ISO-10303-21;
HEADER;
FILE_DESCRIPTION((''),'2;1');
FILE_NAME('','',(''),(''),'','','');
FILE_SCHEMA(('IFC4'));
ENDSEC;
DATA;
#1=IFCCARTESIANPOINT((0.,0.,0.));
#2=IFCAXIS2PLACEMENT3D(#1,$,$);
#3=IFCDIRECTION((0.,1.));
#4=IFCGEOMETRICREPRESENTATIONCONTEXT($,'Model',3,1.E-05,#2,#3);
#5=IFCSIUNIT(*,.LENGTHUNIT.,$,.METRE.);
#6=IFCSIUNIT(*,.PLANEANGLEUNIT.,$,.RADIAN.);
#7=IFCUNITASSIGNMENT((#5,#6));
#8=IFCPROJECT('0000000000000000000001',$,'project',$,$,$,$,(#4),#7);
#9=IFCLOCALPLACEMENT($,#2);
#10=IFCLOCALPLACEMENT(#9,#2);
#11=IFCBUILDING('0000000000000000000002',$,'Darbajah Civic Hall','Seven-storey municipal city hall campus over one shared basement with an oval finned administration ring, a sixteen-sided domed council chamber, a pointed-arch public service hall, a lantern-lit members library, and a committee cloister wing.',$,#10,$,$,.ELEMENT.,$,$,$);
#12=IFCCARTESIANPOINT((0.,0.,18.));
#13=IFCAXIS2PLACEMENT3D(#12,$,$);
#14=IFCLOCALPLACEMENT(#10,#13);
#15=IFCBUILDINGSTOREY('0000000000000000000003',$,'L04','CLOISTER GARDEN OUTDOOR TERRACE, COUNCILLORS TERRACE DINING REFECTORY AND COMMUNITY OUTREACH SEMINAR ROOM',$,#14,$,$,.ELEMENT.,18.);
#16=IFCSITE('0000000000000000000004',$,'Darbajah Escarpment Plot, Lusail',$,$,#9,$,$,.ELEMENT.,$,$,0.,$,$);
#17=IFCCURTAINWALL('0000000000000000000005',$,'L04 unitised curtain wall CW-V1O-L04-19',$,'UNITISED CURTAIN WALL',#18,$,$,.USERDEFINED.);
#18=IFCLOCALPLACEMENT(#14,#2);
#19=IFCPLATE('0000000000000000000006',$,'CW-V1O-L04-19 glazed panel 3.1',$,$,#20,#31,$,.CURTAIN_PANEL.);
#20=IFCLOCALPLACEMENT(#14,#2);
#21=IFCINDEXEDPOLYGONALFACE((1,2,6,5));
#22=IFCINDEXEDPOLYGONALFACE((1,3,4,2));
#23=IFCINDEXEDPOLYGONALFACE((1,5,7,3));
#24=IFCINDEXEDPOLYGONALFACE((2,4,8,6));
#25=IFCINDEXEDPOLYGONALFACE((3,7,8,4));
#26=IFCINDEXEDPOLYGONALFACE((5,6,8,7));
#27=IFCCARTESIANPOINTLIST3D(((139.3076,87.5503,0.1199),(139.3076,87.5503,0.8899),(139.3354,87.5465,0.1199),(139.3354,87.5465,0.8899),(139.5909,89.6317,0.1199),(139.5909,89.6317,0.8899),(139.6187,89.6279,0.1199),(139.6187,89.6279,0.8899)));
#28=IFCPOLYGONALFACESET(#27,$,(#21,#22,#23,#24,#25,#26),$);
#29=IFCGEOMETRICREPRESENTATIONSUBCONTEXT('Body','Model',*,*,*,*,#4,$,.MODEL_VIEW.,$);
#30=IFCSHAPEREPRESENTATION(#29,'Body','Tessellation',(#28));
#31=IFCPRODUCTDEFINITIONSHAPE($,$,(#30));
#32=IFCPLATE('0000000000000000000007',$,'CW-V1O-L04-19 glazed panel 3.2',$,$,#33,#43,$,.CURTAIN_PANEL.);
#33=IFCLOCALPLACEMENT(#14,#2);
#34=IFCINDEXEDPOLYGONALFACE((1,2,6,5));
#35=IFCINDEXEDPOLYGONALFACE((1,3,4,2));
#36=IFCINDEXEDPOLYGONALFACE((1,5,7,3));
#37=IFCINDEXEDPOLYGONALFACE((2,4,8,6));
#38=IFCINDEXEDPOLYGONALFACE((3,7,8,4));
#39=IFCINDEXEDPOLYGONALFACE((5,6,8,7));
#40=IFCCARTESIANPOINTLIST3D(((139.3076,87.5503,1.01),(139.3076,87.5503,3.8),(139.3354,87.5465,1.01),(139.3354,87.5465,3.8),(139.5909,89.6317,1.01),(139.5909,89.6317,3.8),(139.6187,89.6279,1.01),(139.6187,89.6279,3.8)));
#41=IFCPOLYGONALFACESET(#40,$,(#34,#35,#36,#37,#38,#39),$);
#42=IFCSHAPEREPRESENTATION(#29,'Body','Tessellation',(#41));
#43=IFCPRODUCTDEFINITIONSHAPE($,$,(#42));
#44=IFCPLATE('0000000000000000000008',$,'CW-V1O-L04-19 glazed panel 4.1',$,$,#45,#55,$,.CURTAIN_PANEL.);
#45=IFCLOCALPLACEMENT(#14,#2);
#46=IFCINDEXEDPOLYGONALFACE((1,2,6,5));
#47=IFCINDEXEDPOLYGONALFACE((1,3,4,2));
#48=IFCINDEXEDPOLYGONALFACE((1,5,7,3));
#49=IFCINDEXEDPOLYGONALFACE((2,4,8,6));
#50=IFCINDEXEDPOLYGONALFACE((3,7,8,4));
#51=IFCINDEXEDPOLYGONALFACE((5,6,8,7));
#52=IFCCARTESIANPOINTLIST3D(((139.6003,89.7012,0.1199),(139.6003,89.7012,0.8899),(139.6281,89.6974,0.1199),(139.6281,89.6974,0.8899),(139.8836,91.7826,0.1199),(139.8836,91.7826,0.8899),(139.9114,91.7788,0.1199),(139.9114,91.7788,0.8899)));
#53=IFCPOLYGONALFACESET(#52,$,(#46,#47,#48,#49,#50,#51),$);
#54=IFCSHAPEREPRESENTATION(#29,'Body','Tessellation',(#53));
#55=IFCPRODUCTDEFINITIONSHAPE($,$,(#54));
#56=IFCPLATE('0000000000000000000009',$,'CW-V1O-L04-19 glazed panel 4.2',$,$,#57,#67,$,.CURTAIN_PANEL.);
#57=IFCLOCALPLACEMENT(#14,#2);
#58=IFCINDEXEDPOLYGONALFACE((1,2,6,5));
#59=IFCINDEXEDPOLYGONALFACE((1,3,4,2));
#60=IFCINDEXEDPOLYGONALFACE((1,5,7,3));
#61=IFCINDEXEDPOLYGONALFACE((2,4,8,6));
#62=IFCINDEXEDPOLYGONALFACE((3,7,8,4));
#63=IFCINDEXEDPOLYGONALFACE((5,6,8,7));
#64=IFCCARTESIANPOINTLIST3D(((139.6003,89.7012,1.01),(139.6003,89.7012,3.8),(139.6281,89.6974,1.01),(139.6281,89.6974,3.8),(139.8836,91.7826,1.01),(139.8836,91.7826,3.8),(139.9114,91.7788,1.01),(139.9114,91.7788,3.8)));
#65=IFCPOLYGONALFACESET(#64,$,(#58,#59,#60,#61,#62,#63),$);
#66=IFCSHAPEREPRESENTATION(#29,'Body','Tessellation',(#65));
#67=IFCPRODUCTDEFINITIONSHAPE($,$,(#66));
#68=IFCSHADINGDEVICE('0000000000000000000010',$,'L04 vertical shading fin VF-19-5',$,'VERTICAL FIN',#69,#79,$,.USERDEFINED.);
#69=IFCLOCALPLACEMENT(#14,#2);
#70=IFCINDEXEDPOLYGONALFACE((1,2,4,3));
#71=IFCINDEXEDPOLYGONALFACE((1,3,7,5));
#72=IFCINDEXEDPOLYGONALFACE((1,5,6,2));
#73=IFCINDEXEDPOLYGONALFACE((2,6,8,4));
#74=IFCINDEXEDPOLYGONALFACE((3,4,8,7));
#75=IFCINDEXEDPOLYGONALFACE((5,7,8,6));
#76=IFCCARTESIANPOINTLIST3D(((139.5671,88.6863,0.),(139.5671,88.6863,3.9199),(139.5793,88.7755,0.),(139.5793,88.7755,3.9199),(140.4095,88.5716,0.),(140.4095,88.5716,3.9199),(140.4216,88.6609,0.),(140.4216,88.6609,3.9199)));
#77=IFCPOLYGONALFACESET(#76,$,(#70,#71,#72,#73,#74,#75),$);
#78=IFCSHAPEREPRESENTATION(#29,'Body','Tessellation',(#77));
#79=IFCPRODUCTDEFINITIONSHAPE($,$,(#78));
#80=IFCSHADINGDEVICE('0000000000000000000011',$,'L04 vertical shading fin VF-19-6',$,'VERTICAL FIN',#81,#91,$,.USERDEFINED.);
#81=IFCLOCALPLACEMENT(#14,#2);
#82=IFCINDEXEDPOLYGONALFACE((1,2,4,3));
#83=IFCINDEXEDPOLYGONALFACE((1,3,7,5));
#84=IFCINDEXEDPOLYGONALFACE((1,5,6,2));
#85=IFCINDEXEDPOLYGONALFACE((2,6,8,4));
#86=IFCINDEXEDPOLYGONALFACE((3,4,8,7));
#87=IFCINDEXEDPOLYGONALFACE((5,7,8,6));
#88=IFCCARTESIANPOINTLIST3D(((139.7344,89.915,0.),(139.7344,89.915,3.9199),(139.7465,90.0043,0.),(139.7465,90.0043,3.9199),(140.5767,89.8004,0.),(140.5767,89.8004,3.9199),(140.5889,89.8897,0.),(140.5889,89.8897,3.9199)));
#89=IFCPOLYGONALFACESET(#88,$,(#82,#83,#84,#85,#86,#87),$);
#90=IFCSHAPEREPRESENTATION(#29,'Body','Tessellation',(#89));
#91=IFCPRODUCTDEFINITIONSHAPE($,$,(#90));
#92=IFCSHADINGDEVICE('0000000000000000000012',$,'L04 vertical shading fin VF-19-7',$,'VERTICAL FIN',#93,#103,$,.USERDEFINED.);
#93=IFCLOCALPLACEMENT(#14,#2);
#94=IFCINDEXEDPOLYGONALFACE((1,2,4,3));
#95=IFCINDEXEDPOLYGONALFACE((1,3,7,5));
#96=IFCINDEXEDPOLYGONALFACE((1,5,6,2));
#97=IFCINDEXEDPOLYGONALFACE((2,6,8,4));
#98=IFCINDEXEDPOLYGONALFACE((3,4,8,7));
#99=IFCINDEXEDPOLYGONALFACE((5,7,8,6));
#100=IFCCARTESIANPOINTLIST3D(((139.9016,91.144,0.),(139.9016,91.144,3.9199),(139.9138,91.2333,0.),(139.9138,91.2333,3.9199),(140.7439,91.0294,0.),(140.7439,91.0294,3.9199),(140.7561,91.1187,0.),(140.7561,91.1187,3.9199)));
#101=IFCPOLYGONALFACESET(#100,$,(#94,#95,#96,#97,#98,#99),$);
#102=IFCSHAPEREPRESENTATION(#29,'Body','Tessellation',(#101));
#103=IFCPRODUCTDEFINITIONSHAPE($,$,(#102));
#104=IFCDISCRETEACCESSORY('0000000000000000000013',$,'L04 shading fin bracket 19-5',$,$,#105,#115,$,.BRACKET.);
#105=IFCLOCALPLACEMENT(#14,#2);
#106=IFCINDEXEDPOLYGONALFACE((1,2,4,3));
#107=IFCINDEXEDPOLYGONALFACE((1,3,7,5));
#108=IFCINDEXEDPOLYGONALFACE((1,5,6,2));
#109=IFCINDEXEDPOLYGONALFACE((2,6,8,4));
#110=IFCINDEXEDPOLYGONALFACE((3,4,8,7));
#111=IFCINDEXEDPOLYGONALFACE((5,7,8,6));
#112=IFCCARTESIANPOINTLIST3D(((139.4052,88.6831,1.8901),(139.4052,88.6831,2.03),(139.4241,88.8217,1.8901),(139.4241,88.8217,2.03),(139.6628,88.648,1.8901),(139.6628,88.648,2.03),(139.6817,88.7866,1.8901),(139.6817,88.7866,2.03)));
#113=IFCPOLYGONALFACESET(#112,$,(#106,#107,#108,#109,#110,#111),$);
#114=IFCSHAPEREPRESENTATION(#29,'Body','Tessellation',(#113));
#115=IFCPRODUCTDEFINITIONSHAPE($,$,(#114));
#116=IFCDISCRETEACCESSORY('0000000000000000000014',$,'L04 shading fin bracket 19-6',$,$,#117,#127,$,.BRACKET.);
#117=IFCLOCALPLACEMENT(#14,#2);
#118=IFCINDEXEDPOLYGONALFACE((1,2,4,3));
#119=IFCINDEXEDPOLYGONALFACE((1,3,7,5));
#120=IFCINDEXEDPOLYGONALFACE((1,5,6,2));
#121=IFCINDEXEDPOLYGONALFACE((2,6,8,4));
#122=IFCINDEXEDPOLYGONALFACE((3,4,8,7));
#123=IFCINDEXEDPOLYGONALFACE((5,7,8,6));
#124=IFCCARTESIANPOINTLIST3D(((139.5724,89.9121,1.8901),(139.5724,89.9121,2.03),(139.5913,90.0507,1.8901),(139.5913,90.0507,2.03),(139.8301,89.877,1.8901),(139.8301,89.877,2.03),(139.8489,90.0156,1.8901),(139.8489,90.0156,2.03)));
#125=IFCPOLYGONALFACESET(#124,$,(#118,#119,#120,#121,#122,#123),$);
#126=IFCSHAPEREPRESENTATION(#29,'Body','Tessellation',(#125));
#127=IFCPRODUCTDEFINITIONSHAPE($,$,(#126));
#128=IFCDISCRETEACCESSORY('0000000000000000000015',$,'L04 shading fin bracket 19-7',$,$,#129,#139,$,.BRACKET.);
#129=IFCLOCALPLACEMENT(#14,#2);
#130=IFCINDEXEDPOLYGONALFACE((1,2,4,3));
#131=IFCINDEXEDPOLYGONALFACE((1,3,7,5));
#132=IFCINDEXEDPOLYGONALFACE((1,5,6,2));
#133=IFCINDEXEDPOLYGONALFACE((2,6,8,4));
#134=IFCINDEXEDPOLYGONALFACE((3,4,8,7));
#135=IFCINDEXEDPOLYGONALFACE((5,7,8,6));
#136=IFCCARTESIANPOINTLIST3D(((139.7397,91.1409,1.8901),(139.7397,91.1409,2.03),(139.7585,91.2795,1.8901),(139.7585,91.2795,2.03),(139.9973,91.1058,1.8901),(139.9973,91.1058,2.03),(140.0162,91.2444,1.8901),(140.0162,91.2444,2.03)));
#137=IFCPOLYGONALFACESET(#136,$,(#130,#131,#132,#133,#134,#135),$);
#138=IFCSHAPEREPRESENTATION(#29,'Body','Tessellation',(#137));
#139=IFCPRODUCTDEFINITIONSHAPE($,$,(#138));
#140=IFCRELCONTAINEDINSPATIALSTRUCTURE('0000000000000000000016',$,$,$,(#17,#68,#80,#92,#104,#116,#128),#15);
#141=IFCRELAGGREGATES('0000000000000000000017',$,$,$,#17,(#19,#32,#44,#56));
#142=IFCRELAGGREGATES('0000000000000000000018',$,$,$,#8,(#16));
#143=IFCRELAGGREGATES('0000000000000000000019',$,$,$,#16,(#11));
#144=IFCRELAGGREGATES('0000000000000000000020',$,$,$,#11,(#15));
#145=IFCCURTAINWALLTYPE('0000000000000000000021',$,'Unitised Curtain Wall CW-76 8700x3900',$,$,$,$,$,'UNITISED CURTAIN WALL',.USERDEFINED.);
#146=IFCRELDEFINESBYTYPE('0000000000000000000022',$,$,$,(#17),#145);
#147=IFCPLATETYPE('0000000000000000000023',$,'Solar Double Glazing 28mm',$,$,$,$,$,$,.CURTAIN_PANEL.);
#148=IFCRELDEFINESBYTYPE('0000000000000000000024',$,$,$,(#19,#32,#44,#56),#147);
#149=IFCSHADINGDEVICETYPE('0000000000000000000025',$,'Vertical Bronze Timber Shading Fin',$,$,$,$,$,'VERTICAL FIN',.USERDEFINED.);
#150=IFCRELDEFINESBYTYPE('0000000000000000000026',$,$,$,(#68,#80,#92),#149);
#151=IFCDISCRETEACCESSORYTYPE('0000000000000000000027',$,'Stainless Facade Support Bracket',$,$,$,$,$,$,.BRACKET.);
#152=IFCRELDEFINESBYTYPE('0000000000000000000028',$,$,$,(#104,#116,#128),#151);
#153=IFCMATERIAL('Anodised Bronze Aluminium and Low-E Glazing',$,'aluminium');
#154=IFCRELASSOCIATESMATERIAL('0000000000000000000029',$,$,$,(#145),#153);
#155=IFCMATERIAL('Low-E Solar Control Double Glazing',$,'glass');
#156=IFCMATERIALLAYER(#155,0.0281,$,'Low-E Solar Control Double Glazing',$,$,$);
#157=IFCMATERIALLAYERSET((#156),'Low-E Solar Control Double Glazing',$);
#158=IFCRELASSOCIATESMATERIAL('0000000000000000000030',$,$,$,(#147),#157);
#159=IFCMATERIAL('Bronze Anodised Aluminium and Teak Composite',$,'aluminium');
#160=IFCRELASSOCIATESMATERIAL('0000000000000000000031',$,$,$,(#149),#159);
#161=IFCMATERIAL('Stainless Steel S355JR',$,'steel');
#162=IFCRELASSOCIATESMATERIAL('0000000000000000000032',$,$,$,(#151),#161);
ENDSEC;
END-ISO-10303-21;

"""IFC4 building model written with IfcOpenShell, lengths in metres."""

from ifc_helpers import new_model, si_unit, direction, frame, origin, origin_2d, place, context, subcontext, project, spatial, rectangle, extrude, material, layer, layer_set, type_object, element, aggregate, save


model = new_model("IFC4")

# Units and contexts
model_context = context("Model", 3, precision=1e-05, world=origin(), true_north=direction((0.0, 1.0)))
body_context = subcontext(model_context, "Body", "Model", "MODEL_VIEW")
ifc_project = project(units=[si_unit("LENGTHUNIT", "METRE"), si_unit("PLANEANGLEUNIT", "RADIAN")], contexts=[model_context])

# Site, building, storey
site_placement = place(None, origin())
site = spatial("IfcSite", under=ifc_project, at=site_placement, Name="Darbajah Escarpment Plot, Lusail", CompositionType="ELEMENT", RefElevation=0.0)
building_placement = place(site_placement, origin())
building = spatial("IfcBuilding", under=site, at=building_placement, Name="Darbajah Civic Hall", Description="Seven-storey municipal city hall campus over one shared basement with an oval finned administration ring, a sixteen-sided domed council chamber, a pointed-arch public service hall, a lantern-lit members library, and a committee cloister wing.", CompositionType="ELEMENT")
storey_placement = place(building_placement, frame((0.0, 0.0, 18.0)))
storey = spatial("IfcBuildingStorey", under=building, at=storey_placement, Name="L04", Description="CLOISTER GARDEN OUTDOOR TERRACE, COUNCILLORS TERRACE DINING REFECTORY AND COMMUNITY OUTREACH SEMINAR ROOM", CompositionType="ELEMENT", Elevation=18.0)

# Curtain wall
ifc_material_1 = material(Name="Anodised Bronze Aluminium and Low-E Glazing", Category="aluminium")
curtain_wall_type_1 = type_object("IfcCurtainWallType", Name="Unitised Curtain Wall CW-76 8700x3900", ElementType="UNITISED CURTAIN WALL", PredefinedType="USERDEFINED", material=ifc_material_1)
curtain_wall_1_placement = place(storey_placement, origin())
curtain_wall_1 = element("IfcCurtainWall", 1, at=curtain_wall_1_placement, inside=storey, type_object=curtain_wall_type_1, Name="L04 unitised curtain wall CW-V1O-L04-19", ObjectType="UNITISED CURTAIN WALL", PredefinedType="USERDEFINED")

# Plates
ifc_material_2 = material(Name="Low-E Solar Control Double Glazing", Category="glass")
ifc_layer = layer(ifc_material_2, 0.0281, Name="Low-E Solar Control Double Glazing")
ifc_layer_set = layer_set([ifc_layer], Name="Low-E Solar Control Double Glazing")
plate_type = type_object("IfcPlateType", Name="Solar Double Glazing 28mm", PredefinedType="CURTAIN_PANEL", material=ifc_layer_set)
plate_1_placement = place(storey_placement, frame((139.4631, 88.5891, 0.1199), z_axis=(0.0, 0.0, 1.0), x_axis=(0.134851, 0.990866, 0.0)))
plate_1 = element("IfcPlate", 2, at=plate_1_placement, type_object=plate_type, Name="CW-V1O-L04-19 glazed panel 3.1", PredefinedType="CURTAIN_PANEL", context=body_context, shape_type="SweptSolid", body=[
    extrude(rectangle(XDim=2.1006, YDim=0.0281, at=origin_2d()), origin(), (0.0, 0.0, 1.0), 0.77),
])
plate_2_placement = place(storey_placement, frame((139.4631, 88.5891, 1.01), z_axis=(0.0, 0.0, 1.0), x_axis=(0.134851, 0.990866, 0.0)))
plate_2 = element("IfcPlate", 3, at=plate_2_placement, type_object=plate_type, Name="CW-V1O-L04-19 glazed panel 3.2", PredefinedType="CURTAIN_PANEL", context=body_context, shape_type="SweptSolid", body=[
    extrude(rectangle(XDim=2.1006, YDim=0.0281, at=origin_2d()), origin(), (0.0, 0.0, 1.0), 2.79),
])
plate_3_placement = place(storey_placement, frame((139.7559, 90.74, 0.1199), z_axis=(0.0, 0.0, 1.0), x_axis=(0.134851, 0.990866, 0.0)))
plate_3 = element("IfcPlate", 4, at=plate_3_placement, type_object=plate_type, Name="CW-V1O-L04-19 glazed panel 4.1", PredefinedType="CURTAIN_PANEL", context=body_context, shape_type="SweptSolid", body=[
    extrude(rectangle(XDim=2.1006, YDim=0.0281, at=origin_2d()), origin(), (0.0, 0.0, 1.0), 0.77),
])
plate_4_placement = place(storey_placement, frame((139.7559, 90.74, 1.01), z_axis=(0.0, 0.0, 1.0), x_axis=(0.134851, 0.990866, 0.0)))
plate_4 = element("IfcPlate", 5, at=plate_4_placement, type_object=plate_type, Name="CW-V1O-L04-19 glazed panel 4.2", PredefinedType="CURTAIN_PANEL", context=body_context, shape_type="SweptSolid", body=[
    extrude(rectangle(XDim=2.1006, YDim=0.0281, at=origin_2d()), origin(), (0.0, 0.0, 1.0), 2.79),
])
aggregate(curtain_wall_1, [plate_1, plate_2, plate_3, plate_4])

# Shading devices
ifc_material_3 = material(Name="Bronze Anodised Aluminium and Teak Composite", Category="aluminium")
shading_device_type = type_object("IfcShadingDeviceType", Name="Vertical Bronze Timber Shading Fin", ElementType="VERTICAL FIN", PredefinedType="USERDEFINED", material=ifc_material_3)
for number, where, z_axis, x_axis, name in (
    (6, (139.9944, 88.6736, 0.0), (0.0, 0.0, 1.0), (0.990866, -0.134851, 0.0), "L04 vertical shading fin VF-19-5"),
    (7, (140.1616, 89.9023, 0.0), (0.0, 0.0, 1.0), (0.990866, -0.134851, 0.0), "L04 vertical shading fin VF-19-6"),
    (8, (140.3289, 91.1313, 0.0), (0.0, 0.0, 1.0), (0.990866, -0.134851, 0.0), "L04 vertical shading fin VF-19-7"),
):
    element("IfcShadingDevice", number, at=place(storey_placement, frame(where, z_axis=z_axis, x_axis=x_axis)), inside=storey, type_object=shading_device_type, Name=name, ObjectType="VERTICAL FIN", PredefinedType="USERDEFINED", context=body_context, shape_type="SweptSolid", body=[
        extrude(rectangle(XDim=0.8501, YDim=0.0901, at=origin_2d()), origin(), (0.0, 0.0, 1.0), 3.9199),
    ])

# Discrete accessories
ifc_material_4 = material(Name="Stainless Steel S355JR", Category="steel")
discrete_accessory_type = type_object("IfcDiscreteAccessoryType", Name="Stainless Facade Support Bracket", PredefinedType="BRACKET", material=ifc_material_4)
for number, where, z_axis, x_axis, name in (
    (9, (139.5435, 88.7349, 1.8901), (0.0, 0.0, 1.0), (0.990866, -0.134851, 0.0), "L04 shading fin bracket 19-5"),
    (10, (139.7107, 89.9639, 1.8901), (0.0, 0.0, 1.0), (0.990866, -0.134851, 0.0), "L04 shading fin bracket 19-6"),
    (11, (139.8779, 91.1926, 1.8901), (0.0, 0.0, 1.0), (0.990866, -0.134851, 0.0), "L04 shading fin bracket 19-7"),
):
    element("IfcDiscreteAccessory", number, at=place(storey_placement, frame(where, z_axis=z_axis, x_axis=x_axis)), inside=storey, type_object=discrete_accessory_type, Name=name, PredefinedType="BRACKET", context=body_context, shape_type="SweptSolid", body=[
        extrude(rectangle(XDim=0.26, YDim=0.1399, at=origin_2d()), origin(), (0.0, 0.0, 1.0), 0.1399),
    ])

save(model, "model.ifc")
